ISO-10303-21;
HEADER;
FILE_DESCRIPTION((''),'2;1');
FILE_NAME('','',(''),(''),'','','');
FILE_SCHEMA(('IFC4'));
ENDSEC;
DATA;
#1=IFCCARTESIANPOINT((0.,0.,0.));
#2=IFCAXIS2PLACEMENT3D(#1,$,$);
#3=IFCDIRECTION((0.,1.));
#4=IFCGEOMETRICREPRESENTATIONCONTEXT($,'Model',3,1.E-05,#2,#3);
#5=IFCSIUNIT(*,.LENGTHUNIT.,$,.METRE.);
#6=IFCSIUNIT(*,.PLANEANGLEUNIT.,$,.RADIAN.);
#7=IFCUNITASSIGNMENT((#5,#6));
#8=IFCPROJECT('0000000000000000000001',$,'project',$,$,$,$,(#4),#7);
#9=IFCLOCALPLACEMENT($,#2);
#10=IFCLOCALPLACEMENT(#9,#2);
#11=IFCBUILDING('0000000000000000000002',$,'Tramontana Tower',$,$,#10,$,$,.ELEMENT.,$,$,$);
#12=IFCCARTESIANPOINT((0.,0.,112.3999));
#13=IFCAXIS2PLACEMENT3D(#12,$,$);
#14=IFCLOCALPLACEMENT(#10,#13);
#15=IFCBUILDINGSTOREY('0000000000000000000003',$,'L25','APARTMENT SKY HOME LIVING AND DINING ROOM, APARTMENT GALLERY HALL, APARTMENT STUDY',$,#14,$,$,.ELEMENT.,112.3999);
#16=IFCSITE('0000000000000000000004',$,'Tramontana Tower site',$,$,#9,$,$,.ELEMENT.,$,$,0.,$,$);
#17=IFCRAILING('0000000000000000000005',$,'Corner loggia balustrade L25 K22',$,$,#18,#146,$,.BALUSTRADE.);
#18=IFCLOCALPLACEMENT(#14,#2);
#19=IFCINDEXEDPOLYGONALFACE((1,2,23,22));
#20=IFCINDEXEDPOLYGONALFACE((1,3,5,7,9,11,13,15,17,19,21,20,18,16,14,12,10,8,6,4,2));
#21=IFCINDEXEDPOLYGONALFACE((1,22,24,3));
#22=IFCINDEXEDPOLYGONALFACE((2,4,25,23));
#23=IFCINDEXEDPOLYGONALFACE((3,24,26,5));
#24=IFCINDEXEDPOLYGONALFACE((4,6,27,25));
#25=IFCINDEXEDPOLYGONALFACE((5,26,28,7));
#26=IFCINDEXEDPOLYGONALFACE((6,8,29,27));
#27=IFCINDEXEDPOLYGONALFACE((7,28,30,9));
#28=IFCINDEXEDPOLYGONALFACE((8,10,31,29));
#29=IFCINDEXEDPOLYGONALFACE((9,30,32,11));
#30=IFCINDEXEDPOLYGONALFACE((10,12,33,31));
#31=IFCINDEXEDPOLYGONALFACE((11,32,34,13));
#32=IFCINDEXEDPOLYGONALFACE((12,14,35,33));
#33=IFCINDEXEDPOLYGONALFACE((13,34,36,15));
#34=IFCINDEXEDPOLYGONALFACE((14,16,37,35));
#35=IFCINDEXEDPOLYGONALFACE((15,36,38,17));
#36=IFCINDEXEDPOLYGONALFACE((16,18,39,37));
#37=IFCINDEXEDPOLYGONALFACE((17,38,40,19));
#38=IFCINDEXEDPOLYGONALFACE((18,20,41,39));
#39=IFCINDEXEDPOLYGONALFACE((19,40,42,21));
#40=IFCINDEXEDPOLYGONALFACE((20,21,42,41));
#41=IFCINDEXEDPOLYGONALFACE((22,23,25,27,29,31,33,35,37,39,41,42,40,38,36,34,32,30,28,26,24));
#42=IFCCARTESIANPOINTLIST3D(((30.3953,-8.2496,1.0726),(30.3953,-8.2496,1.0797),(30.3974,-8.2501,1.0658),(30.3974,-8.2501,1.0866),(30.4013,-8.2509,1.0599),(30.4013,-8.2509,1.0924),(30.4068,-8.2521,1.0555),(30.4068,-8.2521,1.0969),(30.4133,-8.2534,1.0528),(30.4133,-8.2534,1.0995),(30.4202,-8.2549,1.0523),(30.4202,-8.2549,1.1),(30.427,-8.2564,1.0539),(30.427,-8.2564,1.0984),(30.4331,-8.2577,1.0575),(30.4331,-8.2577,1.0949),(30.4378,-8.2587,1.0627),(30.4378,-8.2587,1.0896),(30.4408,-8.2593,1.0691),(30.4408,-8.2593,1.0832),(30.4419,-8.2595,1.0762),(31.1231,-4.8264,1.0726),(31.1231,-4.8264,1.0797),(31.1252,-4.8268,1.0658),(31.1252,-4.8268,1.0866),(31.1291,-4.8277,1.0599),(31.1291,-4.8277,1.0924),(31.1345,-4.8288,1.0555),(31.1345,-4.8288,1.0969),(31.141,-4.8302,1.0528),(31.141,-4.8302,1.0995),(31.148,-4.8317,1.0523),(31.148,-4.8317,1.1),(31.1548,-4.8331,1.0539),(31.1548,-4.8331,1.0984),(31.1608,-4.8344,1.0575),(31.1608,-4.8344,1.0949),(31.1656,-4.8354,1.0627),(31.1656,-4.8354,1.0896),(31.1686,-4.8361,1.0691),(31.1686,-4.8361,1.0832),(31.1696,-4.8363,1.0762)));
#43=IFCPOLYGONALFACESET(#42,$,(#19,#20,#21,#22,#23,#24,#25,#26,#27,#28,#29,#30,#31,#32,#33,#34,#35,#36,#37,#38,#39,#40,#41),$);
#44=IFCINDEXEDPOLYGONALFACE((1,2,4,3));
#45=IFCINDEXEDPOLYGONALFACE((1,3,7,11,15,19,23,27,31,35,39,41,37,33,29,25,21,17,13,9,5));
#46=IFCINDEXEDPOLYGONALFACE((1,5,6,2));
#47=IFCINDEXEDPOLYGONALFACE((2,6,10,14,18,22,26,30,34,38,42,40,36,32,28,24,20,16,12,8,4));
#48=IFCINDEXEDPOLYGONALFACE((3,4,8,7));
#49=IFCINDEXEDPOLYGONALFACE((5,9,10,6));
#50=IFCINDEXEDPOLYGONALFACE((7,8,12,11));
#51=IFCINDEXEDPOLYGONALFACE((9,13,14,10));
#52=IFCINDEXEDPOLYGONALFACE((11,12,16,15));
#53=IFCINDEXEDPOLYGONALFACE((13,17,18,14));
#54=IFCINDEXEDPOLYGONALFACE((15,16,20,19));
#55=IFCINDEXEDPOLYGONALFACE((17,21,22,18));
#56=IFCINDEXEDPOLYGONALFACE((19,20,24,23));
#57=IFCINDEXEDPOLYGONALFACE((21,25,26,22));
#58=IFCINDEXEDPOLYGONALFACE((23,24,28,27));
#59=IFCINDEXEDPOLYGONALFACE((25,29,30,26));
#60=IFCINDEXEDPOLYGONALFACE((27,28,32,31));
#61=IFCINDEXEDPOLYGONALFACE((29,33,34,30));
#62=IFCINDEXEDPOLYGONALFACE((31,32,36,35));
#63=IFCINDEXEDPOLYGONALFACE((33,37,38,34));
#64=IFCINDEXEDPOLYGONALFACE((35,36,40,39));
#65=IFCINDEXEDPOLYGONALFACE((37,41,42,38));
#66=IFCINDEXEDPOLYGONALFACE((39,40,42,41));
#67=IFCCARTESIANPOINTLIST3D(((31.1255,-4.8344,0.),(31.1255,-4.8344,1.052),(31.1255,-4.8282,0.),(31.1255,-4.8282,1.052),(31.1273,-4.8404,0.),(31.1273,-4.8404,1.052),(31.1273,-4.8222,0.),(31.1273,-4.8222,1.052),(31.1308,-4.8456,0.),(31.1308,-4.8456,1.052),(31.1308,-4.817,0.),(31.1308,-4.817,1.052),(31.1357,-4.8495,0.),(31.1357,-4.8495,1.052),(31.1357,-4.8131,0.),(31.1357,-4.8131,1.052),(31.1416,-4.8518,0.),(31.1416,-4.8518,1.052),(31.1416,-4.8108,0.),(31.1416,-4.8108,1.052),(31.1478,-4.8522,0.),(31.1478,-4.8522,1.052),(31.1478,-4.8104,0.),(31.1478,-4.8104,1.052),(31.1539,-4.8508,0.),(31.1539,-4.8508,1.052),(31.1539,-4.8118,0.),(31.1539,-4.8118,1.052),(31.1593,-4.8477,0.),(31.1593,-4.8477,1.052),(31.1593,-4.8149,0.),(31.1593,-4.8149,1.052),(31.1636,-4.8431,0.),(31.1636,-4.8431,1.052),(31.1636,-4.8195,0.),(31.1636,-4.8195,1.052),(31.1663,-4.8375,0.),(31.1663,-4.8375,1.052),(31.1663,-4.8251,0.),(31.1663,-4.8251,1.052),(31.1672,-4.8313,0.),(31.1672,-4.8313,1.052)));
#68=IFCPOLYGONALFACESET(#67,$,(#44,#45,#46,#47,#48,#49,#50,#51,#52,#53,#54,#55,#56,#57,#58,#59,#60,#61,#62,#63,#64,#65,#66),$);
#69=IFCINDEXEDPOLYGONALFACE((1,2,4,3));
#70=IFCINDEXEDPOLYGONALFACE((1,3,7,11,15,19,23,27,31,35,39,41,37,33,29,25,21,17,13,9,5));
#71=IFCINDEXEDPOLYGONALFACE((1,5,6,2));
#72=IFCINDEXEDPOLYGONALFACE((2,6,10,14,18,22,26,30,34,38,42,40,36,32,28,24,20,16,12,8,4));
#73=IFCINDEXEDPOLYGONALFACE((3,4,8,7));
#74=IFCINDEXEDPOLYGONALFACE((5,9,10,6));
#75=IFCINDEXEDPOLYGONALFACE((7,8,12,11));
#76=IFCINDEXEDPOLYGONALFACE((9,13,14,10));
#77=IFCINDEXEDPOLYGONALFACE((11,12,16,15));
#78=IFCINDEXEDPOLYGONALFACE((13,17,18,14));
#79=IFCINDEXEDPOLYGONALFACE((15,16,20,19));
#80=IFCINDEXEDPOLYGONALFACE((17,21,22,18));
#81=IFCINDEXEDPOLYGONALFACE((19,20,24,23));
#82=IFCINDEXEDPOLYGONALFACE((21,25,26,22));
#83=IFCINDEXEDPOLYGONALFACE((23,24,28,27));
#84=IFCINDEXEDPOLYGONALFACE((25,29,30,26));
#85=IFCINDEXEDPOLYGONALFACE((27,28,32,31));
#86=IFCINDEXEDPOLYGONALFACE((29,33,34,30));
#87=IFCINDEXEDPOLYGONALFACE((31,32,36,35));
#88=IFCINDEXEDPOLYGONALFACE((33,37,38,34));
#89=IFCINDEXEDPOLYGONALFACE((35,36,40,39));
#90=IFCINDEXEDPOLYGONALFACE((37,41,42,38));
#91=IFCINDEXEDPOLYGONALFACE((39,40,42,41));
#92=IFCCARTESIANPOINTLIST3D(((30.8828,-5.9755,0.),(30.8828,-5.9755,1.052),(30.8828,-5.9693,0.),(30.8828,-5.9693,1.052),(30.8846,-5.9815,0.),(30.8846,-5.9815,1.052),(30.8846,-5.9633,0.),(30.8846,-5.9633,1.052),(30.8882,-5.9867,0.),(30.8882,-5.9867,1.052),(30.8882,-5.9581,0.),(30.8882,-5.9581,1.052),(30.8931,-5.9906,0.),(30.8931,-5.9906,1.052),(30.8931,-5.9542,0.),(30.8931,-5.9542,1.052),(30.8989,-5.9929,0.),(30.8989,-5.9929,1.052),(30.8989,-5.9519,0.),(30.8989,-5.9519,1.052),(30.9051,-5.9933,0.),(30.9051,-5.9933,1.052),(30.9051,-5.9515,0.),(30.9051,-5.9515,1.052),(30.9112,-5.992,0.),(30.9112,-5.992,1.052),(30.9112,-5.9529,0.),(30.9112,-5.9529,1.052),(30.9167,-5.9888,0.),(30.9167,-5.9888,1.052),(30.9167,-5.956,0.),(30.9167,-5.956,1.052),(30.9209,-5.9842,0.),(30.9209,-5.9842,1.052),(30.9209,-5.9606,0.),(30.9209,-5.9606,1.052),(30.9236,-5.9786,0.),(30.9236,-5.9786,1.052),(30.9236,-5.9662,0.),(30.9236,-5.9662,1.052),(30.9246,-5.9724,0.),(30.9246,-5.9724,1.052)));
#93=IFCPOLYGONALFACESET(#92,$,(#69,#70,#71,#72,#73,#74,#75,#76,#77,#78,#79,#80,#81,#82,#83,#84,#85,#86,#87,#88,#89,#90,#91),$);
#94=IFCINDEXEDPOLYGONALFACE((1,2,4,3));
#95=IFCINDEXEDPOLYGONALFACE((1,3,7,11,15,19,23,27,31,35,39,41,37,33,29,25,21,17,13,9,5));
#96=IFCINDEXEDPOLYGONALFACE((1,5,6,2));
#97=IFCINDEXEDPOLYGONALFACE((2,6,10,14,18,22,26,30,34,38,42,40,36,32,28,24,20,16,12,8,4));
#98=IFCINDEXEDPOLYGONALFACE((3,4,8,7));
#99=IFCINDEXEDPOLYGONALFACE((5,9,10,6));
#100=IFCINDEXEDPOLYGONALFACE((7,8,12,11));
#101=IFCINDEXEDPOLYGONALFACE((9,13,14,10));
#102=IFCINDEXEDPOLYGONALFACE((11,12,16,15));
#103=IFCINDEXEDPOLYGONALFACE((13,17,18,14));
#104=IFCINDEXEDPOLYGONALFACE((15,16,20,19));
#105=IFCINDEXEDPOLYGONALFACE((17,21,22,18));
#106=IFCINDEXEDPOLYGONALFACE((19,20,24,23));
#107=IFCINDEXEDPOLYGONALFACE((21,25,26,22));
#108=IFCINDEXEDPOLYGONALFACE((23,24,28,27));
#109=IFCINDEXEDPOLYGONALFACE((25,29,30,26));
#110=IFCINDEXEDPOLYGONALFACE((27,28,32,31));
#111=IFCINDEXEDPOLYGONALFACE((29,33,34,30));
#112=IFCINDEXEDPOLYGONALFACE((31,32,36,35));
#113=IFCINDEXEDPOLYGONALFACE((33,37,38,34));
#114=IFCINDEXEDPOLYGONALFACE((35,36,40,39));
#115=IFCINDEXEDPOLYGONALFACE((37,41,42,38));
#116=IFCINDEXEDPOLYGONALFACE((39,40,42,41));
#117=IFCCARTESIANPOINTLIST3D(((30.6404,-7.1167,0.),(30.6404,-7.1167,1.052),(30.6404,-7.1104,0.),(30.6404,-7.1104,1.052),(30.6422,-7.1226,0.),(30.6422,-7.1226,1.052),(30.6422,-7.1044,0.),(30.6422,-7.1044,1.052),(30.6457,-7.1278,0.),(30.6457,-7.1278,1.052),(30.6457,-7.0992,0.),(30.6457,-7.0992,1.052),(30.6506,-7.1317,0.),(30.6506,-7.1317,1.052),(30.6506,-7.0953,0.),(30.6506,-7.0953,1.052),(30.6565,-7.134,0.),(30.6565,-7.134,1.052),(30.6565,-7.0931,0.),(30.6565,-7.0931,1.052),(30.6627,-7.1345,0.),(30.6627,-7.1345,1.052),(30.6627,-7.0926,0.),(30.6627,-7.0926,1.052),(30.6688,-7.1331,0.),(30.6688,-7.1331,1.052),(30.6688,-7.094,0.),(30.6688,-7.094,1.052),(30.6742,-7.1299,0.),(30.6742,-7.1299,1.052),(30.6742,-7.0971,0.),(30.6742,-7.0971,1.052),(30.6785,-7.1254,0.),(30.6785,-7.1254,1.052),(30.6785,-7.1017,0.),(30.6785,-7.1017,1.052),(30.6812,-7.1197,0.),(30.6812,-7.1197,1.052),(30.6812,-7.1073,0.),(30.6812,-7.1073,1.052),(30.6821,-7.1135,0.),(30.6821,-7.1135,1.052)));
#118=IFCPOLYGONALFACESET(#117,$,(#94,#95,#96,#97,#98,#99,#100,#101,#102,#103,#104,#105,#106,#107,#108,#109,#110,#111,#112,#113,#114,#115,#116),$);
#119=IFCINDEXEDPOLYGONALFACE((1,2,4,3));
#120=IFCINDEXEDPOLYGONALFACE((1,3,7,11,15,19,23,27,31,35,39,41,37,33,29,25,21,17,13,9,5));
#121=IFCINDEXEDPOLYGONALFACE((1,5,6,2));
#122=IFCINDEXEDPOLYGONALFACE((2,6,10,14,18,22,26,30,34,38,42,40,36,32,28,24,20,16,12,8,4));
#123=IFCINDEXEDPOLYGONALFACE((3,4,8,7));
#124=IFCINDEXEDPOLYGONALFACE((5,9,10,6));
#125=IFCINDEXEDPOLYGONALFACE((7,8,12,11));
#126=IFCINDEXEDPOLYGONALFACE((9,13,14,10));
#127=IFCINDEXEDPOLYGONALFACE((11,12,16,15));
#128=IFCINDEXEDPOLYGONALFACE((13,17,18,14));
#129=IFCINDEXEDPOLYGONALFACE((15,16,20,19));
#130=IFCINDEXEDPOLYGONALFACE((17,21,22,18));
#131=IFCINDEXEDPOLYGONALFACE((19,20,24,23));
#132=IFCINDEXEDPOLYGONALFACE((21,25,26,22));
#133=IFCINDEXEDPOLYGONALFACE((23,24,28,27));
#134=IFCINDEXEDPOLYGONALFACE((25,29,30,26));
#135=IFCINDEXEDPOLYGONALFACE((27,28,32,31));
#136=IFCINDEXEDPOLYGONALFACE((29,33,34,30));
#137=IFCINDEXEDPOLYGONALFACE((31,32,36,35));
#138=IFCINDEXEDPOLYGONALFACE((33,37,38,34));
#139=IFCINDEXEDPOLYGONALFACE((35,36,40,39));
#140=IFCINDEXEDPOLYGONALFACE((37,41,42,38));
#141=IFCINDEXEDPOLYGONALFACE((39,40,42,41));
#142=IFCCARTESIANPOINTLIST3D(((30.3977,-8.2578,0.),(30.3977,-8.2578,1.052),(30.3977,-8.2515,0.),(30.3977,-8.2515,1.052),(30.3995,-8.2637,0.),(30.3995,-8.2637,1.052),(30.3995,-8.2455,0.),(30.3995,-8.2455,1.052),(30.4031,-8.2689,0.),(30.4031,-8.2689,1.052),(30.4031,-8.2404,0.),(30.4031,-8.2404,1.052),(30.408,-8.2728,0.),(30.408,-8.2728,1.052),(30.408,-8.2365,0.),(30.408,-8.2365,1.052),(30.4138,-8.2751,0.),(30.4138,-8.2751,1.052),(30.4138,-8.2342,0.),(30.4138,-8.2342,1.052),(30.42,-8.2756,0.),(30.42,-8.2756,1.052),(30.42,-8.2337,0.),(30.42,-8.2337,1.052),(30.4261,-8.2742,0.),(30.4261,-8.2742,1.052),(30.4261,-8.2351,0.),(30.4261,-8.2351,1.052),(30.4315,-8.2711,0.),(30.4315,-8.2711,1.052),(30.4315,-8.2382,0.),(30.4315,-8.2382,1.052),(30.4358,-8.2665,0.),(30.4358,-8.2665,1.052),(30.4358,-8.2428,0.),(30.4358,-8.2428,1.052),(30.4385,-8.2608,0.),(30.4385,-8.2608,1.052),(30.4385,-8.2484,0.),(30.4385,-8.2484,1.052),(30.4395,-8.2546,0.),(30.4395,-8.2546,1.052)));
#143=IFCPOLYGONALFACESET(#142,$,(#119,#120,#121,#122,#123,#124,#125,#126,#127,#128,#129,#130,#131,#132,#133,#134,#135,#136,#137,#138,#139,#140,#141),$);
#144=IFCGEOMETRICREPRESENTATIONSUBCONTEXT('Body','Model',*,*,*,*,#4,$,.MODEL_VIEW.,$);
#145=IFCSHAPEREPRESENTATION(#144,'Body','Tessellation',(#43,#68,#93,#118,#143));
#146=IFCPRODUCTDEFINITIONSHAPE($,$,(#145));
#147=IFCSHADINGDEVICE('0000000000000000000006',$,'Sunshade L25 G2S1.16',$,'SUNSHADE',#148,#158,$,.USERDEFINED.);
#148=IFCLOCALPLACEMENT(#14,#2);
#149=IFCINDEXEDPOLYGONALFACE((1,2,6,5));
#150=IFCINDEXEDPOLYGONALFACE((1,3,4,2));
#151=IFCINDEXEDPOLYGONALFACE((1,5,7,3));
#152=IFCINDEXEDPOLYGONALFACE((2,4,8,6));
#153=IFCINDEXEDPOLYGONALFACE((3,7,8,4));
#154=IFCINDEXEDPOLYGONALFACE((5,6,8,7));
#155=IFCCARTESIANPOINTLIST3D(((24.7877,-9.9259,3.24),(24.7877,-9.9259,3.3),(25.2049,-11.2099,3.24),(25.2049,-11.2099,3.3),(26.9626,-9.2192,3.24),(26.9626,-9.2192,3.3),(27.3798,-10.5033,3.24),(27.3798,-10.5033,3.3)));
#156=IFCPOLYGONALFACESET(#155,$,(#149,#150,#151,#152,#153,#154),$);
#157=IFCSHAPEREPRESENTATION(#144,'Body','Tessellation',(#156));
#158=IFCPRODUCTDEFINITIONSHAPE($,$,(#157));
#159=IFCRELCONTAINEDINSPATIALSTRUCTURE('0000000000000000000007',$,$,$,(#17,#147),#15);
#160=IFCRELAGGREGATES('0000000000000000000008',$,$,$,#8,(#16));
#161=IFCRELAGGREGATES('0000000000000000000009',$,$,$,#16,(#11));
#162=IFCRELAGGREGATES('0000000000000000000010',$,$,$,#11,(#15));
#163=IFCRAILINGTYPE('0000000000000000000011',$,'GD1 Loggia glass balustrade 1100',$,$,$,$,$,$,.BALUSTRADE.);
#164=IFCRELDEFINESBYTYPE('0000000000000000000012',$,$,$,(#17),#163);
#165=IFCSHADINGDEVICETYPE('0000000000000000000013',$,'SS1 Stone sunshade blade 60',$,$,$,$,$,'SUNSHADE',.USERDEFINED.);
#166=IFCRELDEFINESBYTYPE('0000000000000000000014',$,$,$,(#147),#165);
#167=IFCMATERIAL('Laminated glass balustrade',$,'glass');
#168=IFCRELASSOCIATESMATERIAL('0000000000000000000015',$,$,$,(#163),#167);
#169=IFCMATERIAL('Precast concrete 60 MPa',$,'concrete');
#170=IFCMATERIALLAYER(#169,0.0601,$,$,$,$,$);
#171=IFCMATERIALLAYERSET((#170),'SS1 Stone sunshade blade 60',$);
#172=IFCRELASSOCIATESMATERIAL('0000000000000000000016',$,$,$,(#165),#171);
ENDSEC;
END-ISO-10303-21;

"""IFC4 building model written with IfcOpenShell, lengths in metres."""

from ifc_helpers import new_model, si_unit, direction, frame, origin, origin_2d, place, context, subcontext, project, spatial, rectangle, circle, extrude, material, layer, layer_set, type_object, element, save


model = new_model("IFC4")

# Units and contexts
model_context = context("Model", 3, precision=1e-05, world=origin(), true_north=direction((0.0, 1.0)))
body_context = subcontext(model_context, "Body", "Model", "MODEL_VIEW")
ifc_project = project(units=[si_unit("LENGTHUNIT", "METRE"), si_unit("PLANEANGLEUNIT", "RADIAN")], contexts=[model_context])

# Site, building, storey
site_placement = place(None, origin())
site = spatial("IfcSite", under=ifc_project, at=site_placement, Name="Tramontana Tower site", CompositionType="ELEMENT", RefElevation=0.0)
building_placement = place(site_placement, origin())
building = spatial("IfcBuilding", under=site, at=building_placement, Name="Tramontana Tower", CompositionType="ELEMENT")
storey_placement = place(building_placement, frame((0.0, 0.0, 112.3999)))
storey = spatial("IfcBuildingStorey", under=building, at=storey_placement, Name="L25", Description="APARTMENT SKY HOME LIVING AND DINING ROOM, APARTMENT GALLERY HALL, APARTMENT STUDY", CompositionType="ELEMENT", Elevation=112.3999)

# Railing
ifc_material_1 = material(Name="Laminated glass balustrade", Category="glass")
railing_type = type_object("IfcRailingType", Name="GD1 Loggia glass balustrade 1100", PredefinedType="BALUSTRADE", material=ifc_material_1)
railing_1_placement = place(storey_placement, frame((31.1462, -4.8313, 0.0)))
element("IfcRailing", 1, at=railing_1_placement, inside=storey, type_object=railing_type, Name="Corner loggia balustrade L25 K22", PredefinedType="BALUSTRADE", context=body_context, shape_type="SweptSolid", body=[
    extrude(circle(Radius=0.0239, at=origin_2d()), frame((0.0, 0.0, 1.0762), z_axis=(-0.207947, -0.97814, 0.0), x_axis=(0.97814, -0.207947, 0.0)), (0.0, 0.0, 1.0), 3.4998),
    extrude(circle(Radius=0.021, at=origin_2d()), origin(), (0.0, 0.0, 1.0), 1.052),
    extrude(circle(Radius=0.021, at=origin_2d()), frame((-0.2427, -1.1411, 0.0)), (0.0, 0.0, 1.0), 1.052),
    extrude(circle(Radius=0.021, at=origin_2d()), frame((-0.4851, -2.2822, 0.0)), (0.0, 0.0, 1.0), 1.052),
    extrude(circle(Radius=0.021, at=origin_2d()), frame((-0.7278, -3.4233, 0.0)), (0.0, 0.0, 1.0), 1.052),
])

# Shading device
ifc_material_2 = material(Name="Precast concrete 60 MPa", Category="concrete")
ifc_layer_1 = layer(ifc_material_2, 0.0601)
ifc_layer_set_1 = layer_set([ifc_layer_1], Name="SS1 Stone sunshade blade 60")
shading_device_type = type_object("IfcShadingDeviceType", Name="SS1 Stone sunshade blade 60", ElementType="SUNSHADE", PredefinedType="USERDEFINED", material=ifc_layer_set_1)
shading_device_placement = place(storey_placement, frame((26.0837, -10.2146, 3.24), z_axis=(0.0, 0.0, 1.0), x_axis=(0.951057, 0.309017, 0.0)))
element("IfcShadingDevice", 2, at=shading_device_placement, inside=storey, type_object=shading_device_type, Name="Sunshade L25 G2S1.16", ObjectType="SUNSHADE", PredefinedType="USERDEFINED", context=body_context, shape_type="SweptSolid", body=[
    extrude(rectangle(XDim=2.2869, YDim=1.3501, at=origin_2d()), origin(), (0.0, 0.0, 1.0), 0.0601),
])

save(model, "model.ifc")
